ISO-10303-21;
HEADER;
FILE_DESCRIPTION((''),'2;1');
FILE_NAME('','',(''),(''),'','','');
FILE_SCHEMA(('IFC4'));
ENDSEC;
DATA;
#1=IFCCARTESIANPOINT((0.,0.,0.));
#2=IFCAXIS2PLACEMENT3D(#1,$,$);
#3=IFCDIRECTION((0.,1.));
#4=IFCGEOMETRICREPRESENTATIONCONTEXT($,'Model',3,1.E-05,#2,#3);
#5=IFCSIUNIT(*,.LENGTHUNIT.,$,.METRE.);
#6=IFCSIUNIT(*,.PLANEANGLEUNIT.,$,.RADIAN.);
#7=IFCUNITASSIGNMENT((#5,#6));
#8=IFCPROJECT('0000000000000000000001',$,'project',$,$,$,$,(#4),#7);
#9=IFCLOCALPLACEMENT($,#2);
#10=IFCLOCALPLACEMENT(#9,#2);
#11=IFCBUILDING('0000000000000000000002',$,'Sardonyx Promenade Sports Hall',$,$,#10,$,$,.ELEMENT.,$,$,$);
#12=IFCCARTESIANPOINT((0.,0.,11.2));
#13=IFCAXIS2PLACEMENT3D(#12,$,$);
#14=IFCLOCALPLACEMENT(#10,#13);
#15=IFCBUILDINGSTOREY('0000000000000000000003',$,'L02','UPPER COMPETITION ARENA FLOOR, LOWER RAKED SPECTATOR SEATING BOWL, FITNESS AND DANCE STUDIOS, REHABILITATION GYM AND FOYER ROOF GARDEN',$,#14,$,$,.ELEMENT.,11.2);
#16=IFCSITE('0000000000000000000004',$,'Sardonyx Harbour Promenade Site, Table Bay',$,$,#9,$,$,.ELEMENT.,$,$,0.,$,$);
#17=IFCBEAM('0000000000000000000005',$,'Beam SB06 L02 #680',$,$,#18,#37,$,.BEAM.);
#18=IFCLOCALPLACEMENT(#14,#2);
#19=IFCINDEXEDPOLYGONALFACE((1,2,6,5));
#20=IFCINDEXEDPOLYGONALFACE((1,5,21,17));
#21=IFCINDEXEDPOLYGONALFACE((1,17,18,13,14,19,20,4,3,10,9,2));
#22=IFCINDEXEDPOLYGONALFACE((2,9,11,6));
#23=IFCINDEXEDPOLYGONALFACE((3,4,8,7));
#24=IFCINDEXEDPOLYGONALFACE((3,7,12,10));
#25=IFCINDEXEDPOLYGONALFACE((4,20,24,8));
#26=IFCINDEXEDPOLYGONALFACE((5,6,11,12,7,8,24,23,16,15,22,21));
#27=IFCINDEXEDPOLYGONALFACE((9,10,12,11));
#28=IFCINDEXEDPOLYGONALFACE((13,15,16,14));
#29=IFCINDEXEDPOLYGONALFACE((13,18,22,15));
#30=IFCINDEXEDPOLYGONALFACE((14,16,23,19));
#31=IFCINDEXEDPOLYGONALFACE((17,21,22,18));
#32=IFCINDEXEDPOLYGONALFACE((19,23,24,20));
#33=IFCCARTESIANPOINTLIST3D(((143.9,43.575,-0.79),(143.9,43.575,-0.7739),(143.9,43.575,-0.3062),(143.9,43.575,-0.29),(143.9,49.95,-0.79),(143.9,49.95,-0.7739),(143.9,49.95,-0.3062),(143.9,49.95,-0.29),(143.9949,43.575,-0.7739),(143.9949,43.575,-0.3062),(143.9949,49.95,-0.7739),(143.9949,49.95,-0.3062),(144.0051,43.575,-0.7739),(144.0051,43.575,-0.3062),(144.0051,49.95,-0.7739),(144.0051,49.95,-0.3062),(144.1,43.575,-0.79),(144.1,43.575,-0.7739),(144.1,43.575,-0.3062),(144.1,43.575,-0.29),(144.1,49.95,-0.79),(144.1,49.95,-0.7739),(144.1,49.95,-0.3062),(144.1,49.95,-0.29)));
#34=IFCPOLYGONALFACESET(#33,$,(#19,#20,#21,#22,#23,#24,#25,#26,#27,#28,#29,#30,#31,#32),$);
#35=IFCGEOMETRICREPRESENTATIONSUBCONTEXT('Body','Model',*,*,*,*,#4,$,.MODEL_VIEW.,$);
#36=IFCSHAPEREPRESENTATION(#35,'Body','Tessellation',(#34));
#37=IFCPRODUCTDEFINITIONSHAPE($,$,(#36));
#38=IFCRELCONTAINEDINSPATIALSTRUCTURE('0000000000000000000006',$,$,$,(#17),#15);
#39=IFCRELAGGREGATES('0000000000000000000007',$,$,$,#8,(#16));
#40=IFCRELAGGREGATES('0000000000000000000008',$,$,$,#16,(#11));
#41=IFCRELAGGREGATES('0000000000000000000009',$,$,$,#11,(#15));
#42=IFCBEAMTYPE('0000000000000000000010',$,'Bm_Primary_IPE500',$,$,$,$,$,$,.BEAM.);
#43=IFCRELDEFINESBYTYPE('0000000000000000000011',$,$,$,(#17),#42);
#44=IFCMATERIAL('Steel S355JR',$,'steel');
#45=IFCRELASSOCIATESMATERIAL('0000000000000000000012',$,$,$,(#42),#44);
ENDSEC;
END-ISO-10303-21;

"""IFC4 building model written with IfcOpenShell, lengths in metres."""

from ifc_helpers import new_model, si_unit, direction, frame, origin, origin_2d, place, context, subcontext, project, spatial, i_section, extrude, material, material_profile, profile_set, type_object, element, save


model = new_model("IFC4")

# Units and contexts
model_context = context("Model", 3, precision=1e-05, world=origin(), true_north=direction((0.0, 1.0)))
body_context = subcontext(model_context, "Body", "Model", "MODEL_VIEW")
ifc_project = project(units=[si_unit("LENGTHUNIT", "METRE"), si_unit("PLANEANGLEUNIT", "RADIAN")], contexts=[model_context])

# Site, building, storey
site_placement = place(None, origin())
site = spatial("IfcSite", under=ifc_project, at=site_placement, Name="Sardonyx Harbour Promenade Site, Table Bay", CompositionType="ELEMENT", RefElevation=0.0)
building_placement = place(site_placement, origin())
building = spatial("IfcBuilding", under=site, at=building_placement, Name="Sardonyx Promenade Sports Hall", CompositionType="ELEMENT")
storey_placement = place(building_placement, frame((0.0, 0.0, 11.2)))
storey = spatial("IfcBuildingStorey", under=building, at=storey_placement, Name="L02", Description="UPPER COMPETITION ARENA FLOOR, LOWER RAKED SPECTATOR SEATING BOWL, FITNESS AND DANCE STUDIOS, REHABILITATION GYM AND FOYER ROOF GARDEN", CompositionType="ELEMENT", Elevation=11.2)

# Beam
ifc_material_1 = material(Name="Steel S355JR", Category="steel")
ifc_material_profile_1 = material_profile(ifc_material_1, i_section(OverallWidth=0.2, OverallDepth=0.5, WebThickness=0.0103, FlangeThickness=0.0161, at=origin_2d()))
ifc_profile_set_1 = profile_set([ifc_material_profile_1], Name="Steel S355JR")
beam_type_1 = type_object("IfcBeamType", Name="Bm_Primary_IPE500", PredefinedType="BEAM", material=ifc_profile_set_1)
beam_1_placement = place(storey_placement, frame((144.0, 43.575, -0.54), z_axis=(0.0, 1.0, 0.0), x_axis=(-1.0, 0.0, 0.0)))
element("IfcBeam", 1, at=beam_1_placement, inside=storey, type_object=beam_type_1, Name="Beam SB06 L02 #680", PredefinedType="BEAM", context=body_context, shape_type="SweptSolid", body=[
    extrude(i_section(OverallWidth=0.2, OverallDepth=0.5, WebThickness=0.0103, FlangeThickness=0.0161, at=origin_2d()), origin(), (0.0, 0.0, 1.0), 6.375),
])

save(model, "model.ifc")
